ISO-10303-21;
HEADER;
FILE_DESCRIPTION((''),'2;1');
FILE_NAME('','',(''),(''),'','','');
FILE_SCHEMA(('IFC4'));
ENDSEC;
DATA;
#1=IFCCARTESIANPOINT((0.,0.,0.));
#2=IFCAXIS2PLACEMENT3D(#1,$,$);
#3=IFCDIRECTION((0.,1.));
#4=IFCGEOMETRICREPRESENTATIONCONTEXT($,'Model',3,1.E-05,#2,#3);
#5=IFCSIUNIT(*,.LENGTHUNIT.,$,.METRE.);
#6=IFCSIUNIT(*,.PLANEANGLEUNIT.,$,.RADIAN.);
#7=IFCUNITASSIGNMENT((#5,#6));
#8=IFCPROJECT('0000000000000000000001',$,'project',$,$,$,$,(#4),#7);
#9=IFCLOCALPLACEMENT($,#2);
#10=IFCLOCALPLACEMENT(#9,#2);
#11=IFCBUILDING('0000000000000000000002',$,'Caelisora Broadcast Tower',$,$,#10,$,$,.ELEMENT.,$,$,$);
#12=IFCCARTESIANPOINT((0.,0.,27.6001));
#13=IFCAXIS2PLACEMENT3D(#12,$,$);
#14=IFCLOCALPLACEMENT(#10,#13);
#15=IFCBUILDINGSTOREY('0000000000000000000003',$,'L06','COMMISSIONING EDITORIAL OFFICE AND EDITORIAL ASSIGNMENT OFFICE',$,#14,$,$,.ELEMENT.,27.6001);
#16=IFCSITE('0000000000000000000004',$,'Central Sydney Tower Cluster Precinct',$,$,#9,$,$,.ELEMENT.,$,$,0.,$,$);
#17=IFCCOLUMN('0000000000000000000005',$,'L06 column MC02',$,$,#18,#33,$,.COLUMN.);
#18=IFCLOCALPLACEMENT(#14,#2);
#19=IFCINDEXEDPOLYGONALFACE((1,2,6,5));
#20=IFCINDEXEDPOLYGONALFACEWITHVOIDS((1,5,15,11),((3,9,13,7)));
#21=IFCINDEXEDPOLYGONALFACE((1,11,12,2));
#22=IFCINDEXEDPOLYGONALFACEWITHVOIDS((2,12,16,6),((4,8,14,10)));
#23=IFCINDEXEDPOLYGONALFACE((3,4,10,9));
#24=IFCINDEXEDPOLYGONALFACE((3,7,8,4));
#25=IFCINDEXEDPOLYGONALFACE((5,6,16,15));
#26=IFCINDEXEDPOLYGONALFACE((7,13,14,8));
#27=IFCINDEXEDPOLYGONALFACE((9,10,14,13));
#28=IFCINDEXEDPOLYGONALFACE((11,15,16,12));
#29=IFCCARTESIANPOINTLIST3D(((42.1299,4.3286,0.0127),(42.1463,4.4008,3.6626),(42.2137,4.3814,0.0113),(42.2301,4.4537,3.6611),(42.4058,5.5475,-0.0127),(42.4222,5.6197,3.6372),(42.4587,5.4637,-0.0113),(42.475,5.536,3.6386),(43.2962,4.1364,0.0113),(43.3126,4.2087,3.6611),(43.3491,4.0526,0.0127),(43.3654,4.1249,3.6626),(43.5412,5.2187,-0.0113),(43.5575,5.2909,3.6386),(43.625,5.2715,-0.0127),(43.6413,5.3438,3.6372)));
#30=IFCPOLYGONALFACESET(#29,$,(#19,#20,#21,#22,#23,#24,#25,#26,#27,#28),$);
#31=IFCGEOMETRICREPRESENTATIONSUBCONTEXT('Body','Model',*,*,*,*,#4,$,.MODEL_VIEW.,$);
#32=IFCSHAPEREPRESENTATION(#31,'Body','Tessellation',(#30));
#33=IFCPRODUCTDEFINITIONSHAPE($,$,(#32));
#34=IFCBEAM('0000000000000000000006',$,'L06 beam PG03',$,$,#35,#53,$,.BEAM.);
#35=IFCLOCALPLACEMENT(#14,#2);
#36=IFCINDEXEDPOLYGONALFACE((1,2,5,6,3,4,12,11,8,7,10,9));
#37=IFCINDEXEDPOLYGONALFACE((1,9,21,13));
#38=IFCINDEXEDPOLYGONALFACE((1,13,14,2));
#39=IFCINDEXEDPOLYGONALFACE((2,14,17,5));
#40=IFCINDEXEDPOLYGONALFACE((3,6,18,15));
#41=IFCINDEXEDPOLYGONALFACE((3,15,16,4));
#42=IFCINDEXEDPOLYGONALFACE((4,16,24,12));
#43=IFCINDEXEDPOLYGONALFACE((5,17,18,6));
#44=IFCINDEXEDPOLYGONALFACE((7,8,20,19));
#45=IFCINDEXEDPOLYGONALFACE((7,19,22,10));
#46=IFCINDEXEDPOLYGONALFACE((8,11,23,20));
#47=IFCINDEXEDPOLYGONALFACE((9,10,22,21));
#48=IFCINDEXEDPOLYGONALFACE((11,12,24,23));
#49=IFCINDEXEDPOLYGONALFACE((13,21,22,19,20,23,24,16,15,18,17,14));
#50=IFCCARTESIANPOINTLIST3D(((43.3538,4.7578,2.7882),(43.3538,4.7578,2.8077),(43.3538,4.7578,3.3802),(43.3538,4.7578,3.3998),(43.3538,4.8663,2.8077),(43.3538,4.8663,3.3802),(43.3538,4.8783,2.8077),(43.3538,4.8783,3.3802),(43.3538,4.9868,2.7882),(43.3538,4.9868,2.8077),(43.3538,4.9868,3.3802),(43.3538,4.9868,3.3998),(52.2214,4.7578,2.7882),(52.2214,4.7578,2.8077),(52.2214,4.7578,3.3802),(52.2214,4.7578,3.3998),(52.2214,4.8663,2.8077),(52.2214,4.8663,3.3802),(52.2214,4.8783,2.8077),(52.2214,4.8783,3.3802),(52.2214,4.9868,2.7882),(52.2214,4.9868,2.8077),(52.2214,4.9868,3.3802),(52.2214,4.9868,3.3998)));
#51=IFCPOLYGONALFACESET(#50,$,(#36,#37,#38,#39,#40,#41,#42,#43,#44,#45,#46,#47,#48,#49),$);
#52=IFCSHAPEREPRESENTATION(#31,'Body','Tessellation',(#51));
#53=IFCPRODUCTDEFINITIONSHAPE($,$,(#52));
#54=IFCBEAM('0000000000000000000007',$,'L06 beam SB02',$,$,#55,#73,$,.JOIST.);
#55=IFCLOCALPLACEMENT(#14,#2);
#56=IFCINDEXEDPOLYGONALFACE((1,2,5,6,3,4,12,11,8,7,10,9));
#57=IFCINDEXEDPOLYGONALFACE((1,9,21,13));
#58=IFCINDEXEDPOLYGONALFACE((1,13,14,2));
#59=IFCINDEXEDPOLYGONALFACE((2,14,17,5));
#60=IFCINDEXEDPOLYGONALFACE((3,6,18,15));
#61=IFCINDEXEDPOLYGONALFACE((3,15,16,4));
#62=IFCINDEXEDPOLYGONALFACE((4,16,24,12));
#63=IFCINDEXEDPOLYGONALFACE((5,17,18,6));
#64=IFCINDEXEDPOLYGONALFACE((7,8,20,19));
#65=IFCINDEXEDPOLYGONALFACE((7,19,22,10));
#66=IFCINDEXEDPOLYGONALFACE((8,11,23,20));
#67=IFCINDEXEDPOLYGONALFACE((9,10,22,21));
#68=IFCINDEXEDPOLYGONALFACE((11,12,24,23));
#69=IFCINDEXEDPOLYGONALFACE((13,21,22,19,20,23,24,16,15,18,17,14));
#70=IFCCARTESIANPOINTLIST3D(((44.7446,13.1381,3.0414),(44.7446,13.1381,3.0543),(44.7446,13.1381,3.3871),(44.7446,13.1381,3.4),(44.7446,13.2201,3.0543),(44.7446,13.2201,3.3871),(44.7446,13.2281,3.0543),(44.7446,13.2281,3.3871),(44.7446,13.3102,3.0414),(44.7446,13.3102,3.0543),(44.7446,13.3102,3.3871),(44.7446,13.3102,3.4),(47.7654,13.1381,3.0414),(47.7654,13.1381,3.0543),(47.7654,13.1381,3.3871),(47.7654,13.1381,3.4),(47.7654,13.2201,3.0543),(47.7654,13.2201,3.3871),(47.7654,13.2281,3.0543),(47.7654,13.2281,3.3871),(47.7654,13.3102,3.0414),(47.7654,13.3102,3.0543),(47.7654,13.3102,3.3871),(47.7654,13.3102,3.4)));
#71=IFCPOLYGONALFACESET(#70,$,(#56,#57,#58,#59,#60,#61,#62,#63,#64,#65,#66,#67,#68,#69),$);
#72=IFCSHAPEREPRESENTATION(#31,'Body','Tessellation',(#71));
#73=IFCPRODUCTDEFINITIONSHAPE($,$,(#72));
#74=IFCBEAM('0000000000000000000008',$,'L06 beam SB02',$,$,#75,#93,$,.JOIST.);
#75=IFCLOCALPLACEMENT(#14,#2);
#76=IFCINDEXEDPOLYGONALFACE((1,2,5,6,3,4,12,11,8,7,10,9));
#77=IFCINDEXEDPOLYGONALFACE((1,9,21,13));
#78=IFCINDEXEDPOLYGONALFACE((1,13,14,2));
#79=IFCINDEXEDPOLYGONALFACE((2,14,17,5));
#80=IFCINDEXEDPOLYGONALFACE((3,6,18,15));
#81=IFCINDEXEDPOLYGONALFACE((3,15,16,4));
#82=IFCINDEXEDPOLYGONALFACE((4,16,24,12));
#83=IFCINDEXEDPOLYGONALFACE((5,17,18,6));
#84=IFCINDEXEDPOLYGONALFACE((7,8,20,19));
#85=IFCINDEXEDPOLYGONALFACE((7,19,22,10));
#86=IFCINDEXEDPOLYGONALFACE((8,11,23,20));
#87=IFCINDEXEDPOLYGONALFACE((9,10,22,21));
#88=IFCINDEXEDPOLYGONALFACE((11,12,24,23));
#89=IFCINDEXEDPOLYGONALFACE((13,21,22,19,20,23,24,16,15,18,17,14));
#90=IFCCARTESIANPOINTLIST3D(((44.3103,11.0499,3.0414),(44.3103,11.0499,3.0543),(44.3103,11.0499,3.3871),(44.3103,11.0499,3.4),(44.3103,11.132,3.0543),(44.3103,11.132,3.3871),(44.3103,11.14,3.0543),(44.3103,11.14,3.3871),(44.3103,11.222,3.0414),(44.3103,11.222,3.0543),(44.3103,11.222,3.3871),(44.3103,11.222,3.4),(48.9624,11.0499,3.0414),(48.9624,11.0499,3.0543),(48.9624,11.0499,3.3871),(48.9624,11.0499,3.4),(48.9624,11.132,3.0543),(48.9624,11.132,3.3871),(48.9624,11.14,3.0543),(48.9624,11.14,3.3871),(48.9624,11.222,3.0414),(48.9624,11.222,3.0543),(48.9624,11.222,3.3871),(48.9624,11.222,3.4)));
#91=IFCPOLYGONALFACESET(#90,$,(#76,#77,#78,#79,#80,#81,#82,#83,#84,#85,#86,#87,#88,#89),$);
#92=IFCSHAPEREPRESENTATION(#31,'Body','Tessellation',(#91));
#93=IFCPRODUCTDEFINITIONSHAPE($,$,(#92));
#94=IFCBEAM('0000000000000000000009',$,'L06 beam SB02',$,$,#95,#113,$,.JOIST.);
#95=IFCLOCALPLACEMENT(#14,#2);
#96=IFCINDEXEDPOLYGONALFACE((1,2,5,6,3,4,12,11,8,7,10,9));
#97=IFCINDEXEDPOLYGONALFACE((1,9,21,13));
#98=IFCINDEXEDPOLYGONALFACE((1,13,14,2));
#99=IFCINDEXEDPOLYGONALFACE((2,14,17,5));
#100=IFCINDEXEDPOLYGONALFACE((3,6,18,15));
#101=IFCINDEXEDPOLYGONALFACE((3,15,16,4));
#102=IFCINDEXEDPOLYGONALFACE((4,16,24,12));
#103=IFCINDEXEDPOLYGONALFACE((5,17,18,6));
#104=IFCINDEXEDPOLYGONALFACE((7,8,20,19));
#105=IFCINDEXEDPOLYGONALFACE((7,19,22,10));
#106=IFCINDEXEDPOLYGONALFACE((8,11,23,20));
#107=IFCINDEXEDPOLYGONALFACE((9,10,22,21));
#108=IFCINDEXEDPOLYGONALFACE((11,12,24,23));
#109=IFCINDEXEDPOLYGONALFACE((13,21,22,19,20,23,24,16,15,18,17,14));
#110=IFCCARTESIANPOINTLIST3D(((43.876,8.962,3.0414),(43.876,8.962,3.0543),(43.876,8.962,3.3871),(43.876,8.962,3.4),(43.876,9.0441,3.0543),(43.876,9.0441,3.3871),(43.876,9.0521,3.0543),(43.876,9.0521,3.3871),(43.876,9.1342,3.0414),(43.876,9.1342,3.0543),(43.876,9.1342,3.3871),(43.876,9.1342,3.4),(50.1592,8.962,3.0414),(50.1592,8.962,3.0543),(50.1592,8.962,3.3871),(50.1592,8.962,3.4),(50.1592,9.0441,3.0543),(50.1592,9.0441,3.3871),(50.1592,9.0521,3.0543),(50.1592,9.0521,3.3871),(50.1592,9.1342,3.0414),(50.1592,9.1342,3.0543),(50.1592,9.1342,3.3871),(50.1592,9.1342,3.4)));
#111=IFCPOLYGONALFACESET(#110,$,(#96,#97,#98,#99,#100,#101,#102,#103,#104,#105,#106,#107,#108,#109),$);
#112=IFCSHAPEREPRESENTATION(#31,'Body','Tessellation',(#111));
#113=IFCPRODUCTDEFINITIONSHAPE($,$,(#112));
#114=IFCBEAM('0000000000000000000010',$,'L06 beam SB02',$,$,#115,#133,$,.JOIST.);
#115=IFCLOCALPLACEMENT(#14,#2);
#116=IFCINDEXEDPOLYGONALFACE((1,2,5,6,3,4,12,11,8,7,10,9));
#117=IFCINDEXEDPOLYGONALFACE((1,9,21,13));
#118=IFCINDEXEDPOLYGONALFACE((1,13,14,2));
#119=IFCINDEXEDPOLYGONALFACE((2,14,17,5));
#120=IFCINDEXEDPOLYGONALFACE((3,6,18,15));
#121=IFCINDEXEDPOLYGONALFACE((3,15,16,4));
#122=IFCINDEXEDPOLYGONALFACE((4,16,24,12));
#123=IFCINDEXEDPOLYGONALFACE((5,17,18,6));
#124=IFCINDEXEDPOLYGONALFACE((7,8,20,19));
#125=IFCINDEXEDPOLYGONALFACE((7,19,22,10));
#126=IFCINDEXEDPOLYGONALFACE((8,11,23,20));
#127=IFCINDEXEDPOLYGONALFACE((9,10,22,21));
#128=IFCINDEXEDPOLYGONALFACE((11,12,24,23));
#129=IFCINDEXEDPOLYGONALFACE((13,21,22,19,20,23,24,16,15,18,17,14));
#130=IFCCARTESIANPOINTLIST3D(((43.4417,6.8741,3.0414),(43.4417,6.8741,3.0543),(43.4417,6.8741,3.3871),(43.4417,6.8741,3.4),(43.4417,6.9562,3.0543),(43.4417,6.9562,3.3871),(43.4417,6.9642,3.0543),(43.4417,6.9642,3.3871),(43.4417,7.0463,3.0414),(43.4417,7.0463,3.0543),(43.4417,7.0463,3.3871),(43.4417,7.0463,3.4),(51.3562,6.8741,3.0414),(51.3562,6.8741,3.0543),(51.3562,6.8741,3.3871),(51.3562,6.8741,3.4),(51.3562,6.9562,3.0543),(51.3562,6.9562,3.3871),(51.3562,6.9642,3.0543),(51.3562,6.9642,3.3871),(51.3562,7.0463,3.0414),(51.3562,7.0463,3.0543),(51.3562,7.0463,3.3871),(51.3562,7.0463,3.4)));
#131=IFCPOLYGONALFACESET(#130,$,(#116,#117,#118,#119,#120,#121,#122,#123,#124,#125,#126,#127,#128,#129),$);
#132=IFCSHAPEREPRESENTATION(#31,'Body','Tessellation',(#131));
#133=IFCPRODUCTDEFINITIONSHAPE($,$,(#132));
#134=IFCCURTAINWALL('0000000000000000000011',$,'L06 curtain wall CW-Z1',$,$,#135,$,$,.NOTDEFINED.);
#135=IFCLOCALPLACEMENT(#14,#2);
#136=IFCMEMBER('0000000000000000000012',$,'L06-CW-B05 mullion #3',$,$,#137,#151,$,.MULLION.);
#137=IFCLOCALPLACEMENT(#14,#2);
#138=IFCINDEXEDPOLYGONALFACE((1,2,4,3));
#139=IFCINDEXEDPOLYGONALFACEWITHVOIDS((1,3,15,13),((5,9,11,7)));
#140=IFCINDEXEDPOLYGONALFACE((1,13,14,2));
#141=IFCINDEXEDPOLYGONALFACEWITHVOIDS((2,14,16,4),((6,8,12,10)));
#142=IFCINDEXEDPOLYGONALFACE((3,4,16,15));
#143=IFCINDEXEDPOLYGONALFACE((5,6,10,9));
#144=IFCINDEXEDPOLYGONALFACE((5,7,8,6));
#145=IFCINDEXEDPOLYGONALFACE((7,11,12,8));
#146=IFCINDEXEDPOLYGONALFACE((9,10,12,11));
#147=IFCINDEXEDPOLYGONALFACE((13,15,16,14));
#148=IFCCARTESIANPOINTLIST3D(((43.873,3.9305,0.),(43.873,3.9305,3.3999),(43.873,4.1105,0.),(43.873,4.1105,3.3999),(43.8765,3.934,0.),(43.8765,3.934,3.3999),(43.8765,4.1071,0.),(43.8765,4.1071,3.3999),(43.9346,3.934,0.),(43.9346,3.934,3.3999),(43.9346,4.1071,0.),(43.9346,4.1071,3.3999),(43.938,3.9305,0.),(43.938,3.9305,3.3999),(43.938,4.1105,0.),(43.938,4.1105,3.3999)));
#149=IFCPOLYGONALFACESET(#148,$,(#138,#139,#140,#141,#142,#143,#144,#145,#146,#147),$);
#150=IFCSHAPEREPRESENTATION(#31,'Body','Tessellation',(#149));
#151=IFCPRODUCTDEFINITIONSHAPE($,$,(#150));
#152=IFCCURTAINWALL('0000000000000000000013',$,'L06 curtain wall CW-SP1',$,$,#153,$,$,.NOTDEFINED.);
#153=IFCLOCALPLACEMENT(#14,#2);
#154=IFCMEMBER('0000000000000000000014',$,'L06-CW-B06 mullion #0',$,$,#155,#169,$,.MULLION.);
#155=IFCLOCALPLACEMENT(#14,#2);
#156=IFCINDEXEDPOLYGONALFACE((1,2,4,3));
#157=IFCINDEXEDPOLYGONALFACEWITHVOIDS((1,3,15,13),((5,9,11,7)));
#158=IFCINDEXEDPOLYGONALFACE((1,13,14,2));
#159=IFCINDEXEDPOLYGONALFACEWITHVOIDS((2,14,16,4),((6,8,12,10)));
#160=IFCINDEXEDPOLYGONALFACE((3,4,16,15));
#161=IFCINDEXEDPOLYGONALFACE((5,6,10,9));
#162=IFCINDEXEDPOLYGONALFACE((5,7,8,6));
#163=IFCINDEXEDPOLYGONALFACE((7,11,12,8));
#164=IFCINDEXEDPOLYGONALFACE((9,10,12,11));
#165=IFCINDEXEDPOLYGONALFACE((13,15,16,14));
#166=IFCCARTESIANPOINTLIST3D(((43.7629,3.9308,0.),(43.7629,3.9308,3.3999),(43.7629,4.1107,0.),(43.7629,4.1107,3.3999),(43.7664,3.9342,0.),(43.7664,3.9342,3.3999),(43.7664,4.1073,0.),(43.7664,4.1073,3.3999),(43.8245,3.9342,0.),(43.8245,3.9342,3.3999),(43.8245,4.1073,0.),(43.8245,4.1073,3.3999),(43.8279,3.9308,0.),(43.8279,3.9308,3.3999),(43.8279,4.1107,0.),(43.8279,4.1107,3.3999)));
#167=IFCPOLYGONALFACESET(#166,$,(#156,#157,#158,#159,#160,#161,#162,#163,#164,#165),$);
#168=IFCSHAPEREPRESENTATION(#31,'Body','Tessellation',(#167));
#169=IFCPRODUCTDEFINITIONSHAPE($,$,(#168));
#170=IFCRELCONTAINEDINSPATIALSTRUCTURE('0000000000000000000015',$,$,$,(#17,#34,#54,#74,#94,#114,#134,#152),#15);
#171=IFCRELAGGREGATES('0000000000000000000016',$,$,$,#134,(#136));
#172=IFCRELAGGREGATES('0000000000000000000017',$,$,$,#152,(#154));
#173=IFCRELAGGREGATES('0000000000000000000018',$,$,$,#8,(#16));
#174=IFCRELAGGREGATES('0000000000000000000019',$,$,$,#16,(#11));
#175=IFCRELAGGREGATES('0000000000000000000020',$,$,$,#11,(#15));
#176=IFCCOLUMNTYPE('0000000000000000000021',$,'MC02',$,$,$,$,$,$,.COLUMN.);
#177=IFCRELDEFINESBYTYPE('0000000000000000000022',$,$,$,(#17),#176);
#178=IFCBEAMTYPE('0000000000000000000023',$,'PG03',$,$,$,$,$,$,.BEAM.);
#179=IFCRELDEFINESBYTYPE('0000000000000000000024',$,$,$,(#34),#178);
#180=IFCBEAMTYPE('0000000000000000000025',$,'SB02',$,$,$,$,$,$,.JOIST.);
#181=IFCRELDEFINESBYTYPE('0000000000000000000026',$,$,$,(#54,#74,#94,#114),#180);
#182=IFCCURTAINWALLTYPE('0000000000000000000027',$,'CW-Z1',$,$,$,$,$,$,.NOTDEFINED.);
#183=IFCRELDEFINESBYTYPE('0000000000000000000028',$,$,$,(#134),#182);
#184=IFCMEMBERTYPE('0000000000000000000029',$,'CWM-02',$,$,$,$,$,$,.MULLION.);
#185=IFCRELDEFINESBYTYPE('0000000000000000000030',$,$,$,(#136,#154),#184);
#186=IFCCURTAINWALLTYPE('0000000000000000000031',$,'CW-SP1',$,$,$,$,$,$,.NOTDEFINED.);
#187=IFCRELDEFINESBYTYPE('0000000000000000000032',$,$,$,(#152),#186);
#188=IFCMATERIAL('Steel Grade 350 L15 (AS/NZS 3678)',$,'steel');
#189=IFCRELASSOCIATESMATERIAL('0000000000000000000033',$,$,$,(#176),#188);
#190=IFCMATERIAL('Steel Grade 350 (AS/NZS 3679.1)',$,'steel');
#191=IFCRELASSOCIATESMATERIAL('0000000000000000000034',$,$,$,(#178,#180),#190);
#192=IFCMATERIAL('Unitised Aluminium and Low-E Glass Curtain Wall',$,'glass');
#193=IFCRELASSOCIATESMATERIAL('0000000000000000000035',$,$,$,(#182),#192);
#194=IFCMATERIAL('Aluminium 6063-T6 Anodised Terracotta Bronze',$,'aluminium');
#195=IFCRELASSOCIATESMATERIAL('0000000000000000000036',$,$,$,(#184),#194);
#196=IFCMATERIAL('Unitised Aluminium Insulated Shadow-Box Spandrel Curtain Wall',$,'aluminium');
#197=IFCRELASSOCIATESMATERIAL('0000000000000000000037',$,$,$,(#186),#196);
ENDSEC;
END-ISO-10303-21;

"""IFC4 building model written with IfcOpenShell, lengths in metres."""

from ifc_helpers import new_model, si_unit, direction, frame, origin, origin_2d, place, context, subcontext, project, spatial, hollow_rectangle, i_section, extrude, source, transform, mapped, material, material_profile, profile_set, type_object, type_shapes, element, aggregate, save


model = new_model("IFC4")

# Units and contexts
model_context = context("Model", 3, precision=1e-05, world=origin(), true_north=direction((0.0, 1.0)))
body_context = subcontext(model_context, "Body", "Model", "MODEL_VIEW")
ifc_project = project(units=[si_unit("LENGTHUNIT", "METRE"), si_unit("PLANEANGLEUNIT", "RADIAN")], contexts=[model_context])

# Site, building, storey
site_placement = place(None, origin())
site = spatial("IfcSite", under=ifc_project, at=site_placement, Name="Central Sydney Tower Cluster Precinct", CompositionType="ELEMENT", RefElevation=0.0)
building_placement = place(site_placement, origin())
building = spatial("IfcBuilding", under=site, at=building_placement, Name="Caelisora Broadcast Tower", CompositionType="ELEMENT")
storey_placement = place(building_placement, frame((0.0, 0.0, 27.6001)))
storey = spatial("IfcBuildingStorey", under=building, at=storey_placement, Name="L06", Description="COMMISSIONING EDITORIAL OFFICE AND EDITORIAL ASSIGNMENT OFFICE", CompositionType="ELEMENT", Elevation=27.6001)

# Column
ifc_material_1 = material(Name="Steel Grade 350 L15 (AS/NZS 3678)", Category="steel")
ifc_material_profile_1 = material_profile(ifc_material_1, hollow_rectangle(XDim=1.25, YDim=1.25, WallThickness=0.0701, at=origin_2d()), Name="Steel Grade 350 L15 (AS/NZS 3678)")
ifc_profile_set_1 = profile_set([ifc_material_profile_1], Name="Steel Grade 350 L15 (AS/NZS 3678)")
column_type = type_object("IfcColumnType", Name="MC02", PredefinedType="COLUMN", material=ifc_profile_set_1)
shared_shape_1 = source(origin(), body_context, "Body", "SweptSolid", [
    extrude(hollow_rectangle(XDim=1.25, YDim=1.25, WallThickness=0.0701, at=origin_2d()), origin(), (0.0, 0.0, 1.0), 3.6506),
])
type_shapes(column_type, [shared_shape_1])
column_placement = place(storey_placement, frame((42.8774, 4.8, 0.0), z_axis=(0.004481, 0.019795, 0.999794), x_axis=(-0.975327, 0.220767, 0.0)))
element("IfcColumn", 1, at=column_placement, inside=storey, type_object=column_type, Name="L06 column MC02", PredefinedType="COLUMN", context=body_context, shape_type="MappedRepresentation", body=[
    mapped(shared_shape_1, transform((0.0, 0.0, 0.0), scale=1.0)),
])

# Beams
ifc_material_2 = material(Name="Steel Grade 350 (AS/NZS 3679.1)", Category="steel")
ifc_material_profile_2 = material_profile(ifc_material_2, i_section(OverallWidth=0.229, OverallDepth=0.6116, WebThickness=0.012, FlangeThickness=0.0195, at=origin_2d()), Name="Steel Grade 350 (AS/NZS 3679.1)")
ifc_profile_set_2 = profile_set([ifc_material_profile_2], Name="Steel Grade 350 (AS/NZS 3679.1)")
beam_type_1 = type_object("IfcBeamType", Name="PG03", PredefinedType="BEAM", material=ifc_profile_set_2)
shared_shape_2 = source(origin(), body_context, "Body", "SweptSolid", [
    extrude(i_section(OverallWidth=0.229, OverallDepth=0.6116, WebThickness=0.012, FlangeThickness=0.0195, at=origin_2d()), origin(), (0.0, 0.0, 1.0), 8.8677),
])
type_shapes(beam_type_1, [shared_shape_2])
beam_1_placement = place(storey_placement, frame((43.3538, 4.8723, 3.094), z_axis=(1.0, 0.0, 0.0), x_axis=(0.0, 1.0, 0.0)))
element("IfcBeam", 2, at=beam_1_placement, inside=storey, type_object=beam_type_1, Name="L06 beam PG03", PredefinedType="BEAM", context=body_context, shape_type="MappedRepresentation", body=[
    mapped(shared_shape_2, transform((0.0, 0.0, 0.0), scale=1.0)),
])
ifc_material_profile_3 = material_profile(ifc_material_2, i_section(OverallWidth=0.1721, OverallDepth=0.3586, WebThickness=0.0081, FlangeThickness=0.0129, at=origin_2d()), Name="Steel Grade 350 (AS/NZS 3679.1)")
ifc_profile_set_3 = profile_set([ifc_material_profile_3], Name="Steel Grade 350 (AS/NZS 3679.1)")
beam_type_2 = type_object("IfcBeamType", Name="SB02", PredefinedType="JOIST", material=ifc_profile_set_3)
shared_shape_3 = source(origin(), body_context, "Body", "SweptSolid", [
    extrude(i_section(OverallWidth=0.1721, OverallDepth=0.3586, WebThickness=0.0081, FlangeThickness=0.0129, at=origin_2d()), origin(), (0.0, 0.0, 1.0), 3.0208),
])
beam_2_placement = place(storey_placement, frame((44.7446, 13.2241, 3.2207), z_axis=(1.0, 0.0, 0.0), x_axis=(0.0, 1.0, 0.0)))
element("IfcBeam", 3, at=beam_2_placement, inside=storey, type_object=beam_type_2, Name="L06 beam SB02", PredefinedType="JOIST", context=body_context, shape_type="MappedRepresentation", body=[
    mapped(shared_shape_3, transform((0.0, 0.0, 0.0), scale=1.0)),
])
shared_shape_4 = source(origin(), body_context, "Body", "SweptSolid", [
    extrude(i_section(OverallWidth=0.1721, OverallDepth=0.3586, WebThickness=0.0081, FlangeThickness=0.0129, at=origin_2d()), origin(), (0.0, 0.0, 1.0), 4.6521),
])
beam_3_placement = place(storey_placement, frame((44.3103, 11.136, 3.2207), z_axis=(1.0, 0.0, 0.0), x_axis=(0.0, 1.0, 0.0)))
element("IfcBeam", 4, at=beam_3_placement, inside=storey, type_object=beam_type_2, Name="L06 beam SB02", PredefinedType="JOIST", context=body_context, shape_type="MappedRepresentation", body=[
    mapped(shared_shape_4, transform((0.0, 0.0, 0.0), scale=1.0)),
])
shared_shape_5 = source(origin(), body_context, "Body", "SweptSolid", [
    extrude(i_section(OverallWidth=0.1721, OverallDepth=0.3586, WebThickness=0.0081, FlangeThickness=0.0129, at=origin_2d()), origin(), (0.0, 0.0, 1.0), 6.2832),
])
beam_4_placement = place(storey_placement, frame((43.876, 9.0481, 3.2207), z_axis=(1.0, 0.0, 0.0), x_axis=(0.0, 1.0, 0.0)))
element("IfcBeam", 5, at=beam_4_placement, inside=storey, type_object=beam_type_2, Name="L06 beam SB02", PredefinedType="JOIST", context=body_context, shape_type="MappedRepresentation", body=[
    mapped(shared_shape_5, transform((0.0, 0.0, 0.0), scale=1.0)),
])
shared_shape_6 = source(origin(), body_context, "Body", "SweptSolid", [
    extrude(i_section(OverallWidth=0.1721, OverallDepth=0.3586, WebThickness=0.0081, FlangeThickness=0.0129, at=origin_2d()), origin(), (0.0, 0.0, 1.0), 7.9146),
])
type_shapes(beam_type_2, [shared_shape_3, shared_shape_4, shared_shape_5, shared_shape_6])
beam_5_placement = place(storey_placement, frame((43.4417, 6.9602, 3.2207), z_axis=(1.0, 0.0, 0.0), x_axis=(0.0, 1.0, 0.0)))
element("IfcBeam", 6, at=beam_5_placement, inside=storey, type_object=beam_type_2, Name="L06 beam SB02", PredefinedType="JOIST", context=body_context, shape_type="MappedRepresentation", body=[
    mapped(shared_shape_6, transform((0.0, 0.0, 0.0), scale=1.0)),
])

# Curtain wall, member
ifc_material_3 = material(Name="Unitised Aluminium and Low-E Glass Curtain Wall", Category="glass")
curtain_wall_type_1 = type_object("IfcCurtainWallType", Name="CW-Z1", PredefinedType="NOTDEFINED", material=ifc_material_3)
curtain_wall_1_placement = place(storey_placement, origin())
curtain_wall_1 = element("IfcCurtainWall", 7, at=curtain_wall_1_placement, inside=storey, type_object=curtain_wall_type_1, Name="L06 curtain wall CW-Z1", PredefinedType="NOTDEFINED")
ifc_material_4 = material(Name="Aluminium 6063-T6 Anodised Terracotta Bronze", Category="aluminium")
ifc_material_profile_4 = material_profile(ifc_material_4, hollow_rectangle(XDim=0.0649, YDim=0.1799, WallThickness=0.0034, at=origin_2d()), Name="Aluminium 6063-T6 Anodised Terracotta Bronze")
ifc_profile_set_4 = profile_set([ifc_material_profile_4], Name="Aluminium 6063-T6 Anodised Terracotta Bronze")
member_type_1 = type_object("IfcMemberType", Name="CWM-02", PredefinedType="MULLION", material=ifc_profile_set_4)
shared_shape_7 = source(origin(), body_context, "Body", "SweptSolid", [
    extrude(hollow_rectangle(XDim=0.0649, YDim=0.1799, WallThickness=0.0034, at=origin_2d()), origin(), (0.0, 0.0, 1.0), 3.3999),
])
type_shapes(member_type_1, [shared_shape_7])
member_1_placement = place(storey_placement, frame((43.9055, 4.0205, 0.0), z_axis=(0.0, 0.0, 1.0), x_axis=(1.0, 0.0, 0.0)))
member_1 = element("IfcMember", 8, at=member_1_placement, type_object=member_type_1, Name="L06-CW-B05 mullion #3", PredefinedType="MULLION", context=body_context, shape_type="MappedRepresentation", body=[
    mapped(shared_shape_7, transform((0.0, 0.0, 0.0), scale=1.0)),
])
aggregate(curtain_wall_1, [member_1])

# Curtain wall, member
ifc_material_5 = material(Name="Unitised Aluminium Insulated Shadow-Box Spandrel Curtain Wall", Category="aluminium")
curtain_wall_type_2 = type_object("IfcCurtainWallType", Name="CW-SP1", PredefinedType="NOTDEFINED", material=ifc_material_5)
curtain_wall_2_placement = place(storey_placement, origin())
curtain_wall_2 = element("IfcCurtainWall", 9, at=curtain_wall_2_placement, inside=storey, type_object=curtain_wall_type_2, Name="L06 curtain wall CW-SP1", PredefinedType="NOTDEFINED")
member_2_placement = place(storey_placement, frame((43.7954, 4.0208, 0.0), z_axis=(0.0, 0.0, 1.0), x_axis=(1.0, 0.0, 0.0)))
member_2 = element("IfcMember", 10, at=member_2_placement, type_object=member_type_1, Name="L06-CW-B06 mullion #0", PredefinedType="MULLION", context=body_context, shape_type="MappedRepresentation", body=[
    mapped(shared_shape_7, transform((0.0, 0.0, 0.0), scale=1.0)),
])

aggregate(curtain_wall_2, [member_2])

save(model, "model.ifc")
